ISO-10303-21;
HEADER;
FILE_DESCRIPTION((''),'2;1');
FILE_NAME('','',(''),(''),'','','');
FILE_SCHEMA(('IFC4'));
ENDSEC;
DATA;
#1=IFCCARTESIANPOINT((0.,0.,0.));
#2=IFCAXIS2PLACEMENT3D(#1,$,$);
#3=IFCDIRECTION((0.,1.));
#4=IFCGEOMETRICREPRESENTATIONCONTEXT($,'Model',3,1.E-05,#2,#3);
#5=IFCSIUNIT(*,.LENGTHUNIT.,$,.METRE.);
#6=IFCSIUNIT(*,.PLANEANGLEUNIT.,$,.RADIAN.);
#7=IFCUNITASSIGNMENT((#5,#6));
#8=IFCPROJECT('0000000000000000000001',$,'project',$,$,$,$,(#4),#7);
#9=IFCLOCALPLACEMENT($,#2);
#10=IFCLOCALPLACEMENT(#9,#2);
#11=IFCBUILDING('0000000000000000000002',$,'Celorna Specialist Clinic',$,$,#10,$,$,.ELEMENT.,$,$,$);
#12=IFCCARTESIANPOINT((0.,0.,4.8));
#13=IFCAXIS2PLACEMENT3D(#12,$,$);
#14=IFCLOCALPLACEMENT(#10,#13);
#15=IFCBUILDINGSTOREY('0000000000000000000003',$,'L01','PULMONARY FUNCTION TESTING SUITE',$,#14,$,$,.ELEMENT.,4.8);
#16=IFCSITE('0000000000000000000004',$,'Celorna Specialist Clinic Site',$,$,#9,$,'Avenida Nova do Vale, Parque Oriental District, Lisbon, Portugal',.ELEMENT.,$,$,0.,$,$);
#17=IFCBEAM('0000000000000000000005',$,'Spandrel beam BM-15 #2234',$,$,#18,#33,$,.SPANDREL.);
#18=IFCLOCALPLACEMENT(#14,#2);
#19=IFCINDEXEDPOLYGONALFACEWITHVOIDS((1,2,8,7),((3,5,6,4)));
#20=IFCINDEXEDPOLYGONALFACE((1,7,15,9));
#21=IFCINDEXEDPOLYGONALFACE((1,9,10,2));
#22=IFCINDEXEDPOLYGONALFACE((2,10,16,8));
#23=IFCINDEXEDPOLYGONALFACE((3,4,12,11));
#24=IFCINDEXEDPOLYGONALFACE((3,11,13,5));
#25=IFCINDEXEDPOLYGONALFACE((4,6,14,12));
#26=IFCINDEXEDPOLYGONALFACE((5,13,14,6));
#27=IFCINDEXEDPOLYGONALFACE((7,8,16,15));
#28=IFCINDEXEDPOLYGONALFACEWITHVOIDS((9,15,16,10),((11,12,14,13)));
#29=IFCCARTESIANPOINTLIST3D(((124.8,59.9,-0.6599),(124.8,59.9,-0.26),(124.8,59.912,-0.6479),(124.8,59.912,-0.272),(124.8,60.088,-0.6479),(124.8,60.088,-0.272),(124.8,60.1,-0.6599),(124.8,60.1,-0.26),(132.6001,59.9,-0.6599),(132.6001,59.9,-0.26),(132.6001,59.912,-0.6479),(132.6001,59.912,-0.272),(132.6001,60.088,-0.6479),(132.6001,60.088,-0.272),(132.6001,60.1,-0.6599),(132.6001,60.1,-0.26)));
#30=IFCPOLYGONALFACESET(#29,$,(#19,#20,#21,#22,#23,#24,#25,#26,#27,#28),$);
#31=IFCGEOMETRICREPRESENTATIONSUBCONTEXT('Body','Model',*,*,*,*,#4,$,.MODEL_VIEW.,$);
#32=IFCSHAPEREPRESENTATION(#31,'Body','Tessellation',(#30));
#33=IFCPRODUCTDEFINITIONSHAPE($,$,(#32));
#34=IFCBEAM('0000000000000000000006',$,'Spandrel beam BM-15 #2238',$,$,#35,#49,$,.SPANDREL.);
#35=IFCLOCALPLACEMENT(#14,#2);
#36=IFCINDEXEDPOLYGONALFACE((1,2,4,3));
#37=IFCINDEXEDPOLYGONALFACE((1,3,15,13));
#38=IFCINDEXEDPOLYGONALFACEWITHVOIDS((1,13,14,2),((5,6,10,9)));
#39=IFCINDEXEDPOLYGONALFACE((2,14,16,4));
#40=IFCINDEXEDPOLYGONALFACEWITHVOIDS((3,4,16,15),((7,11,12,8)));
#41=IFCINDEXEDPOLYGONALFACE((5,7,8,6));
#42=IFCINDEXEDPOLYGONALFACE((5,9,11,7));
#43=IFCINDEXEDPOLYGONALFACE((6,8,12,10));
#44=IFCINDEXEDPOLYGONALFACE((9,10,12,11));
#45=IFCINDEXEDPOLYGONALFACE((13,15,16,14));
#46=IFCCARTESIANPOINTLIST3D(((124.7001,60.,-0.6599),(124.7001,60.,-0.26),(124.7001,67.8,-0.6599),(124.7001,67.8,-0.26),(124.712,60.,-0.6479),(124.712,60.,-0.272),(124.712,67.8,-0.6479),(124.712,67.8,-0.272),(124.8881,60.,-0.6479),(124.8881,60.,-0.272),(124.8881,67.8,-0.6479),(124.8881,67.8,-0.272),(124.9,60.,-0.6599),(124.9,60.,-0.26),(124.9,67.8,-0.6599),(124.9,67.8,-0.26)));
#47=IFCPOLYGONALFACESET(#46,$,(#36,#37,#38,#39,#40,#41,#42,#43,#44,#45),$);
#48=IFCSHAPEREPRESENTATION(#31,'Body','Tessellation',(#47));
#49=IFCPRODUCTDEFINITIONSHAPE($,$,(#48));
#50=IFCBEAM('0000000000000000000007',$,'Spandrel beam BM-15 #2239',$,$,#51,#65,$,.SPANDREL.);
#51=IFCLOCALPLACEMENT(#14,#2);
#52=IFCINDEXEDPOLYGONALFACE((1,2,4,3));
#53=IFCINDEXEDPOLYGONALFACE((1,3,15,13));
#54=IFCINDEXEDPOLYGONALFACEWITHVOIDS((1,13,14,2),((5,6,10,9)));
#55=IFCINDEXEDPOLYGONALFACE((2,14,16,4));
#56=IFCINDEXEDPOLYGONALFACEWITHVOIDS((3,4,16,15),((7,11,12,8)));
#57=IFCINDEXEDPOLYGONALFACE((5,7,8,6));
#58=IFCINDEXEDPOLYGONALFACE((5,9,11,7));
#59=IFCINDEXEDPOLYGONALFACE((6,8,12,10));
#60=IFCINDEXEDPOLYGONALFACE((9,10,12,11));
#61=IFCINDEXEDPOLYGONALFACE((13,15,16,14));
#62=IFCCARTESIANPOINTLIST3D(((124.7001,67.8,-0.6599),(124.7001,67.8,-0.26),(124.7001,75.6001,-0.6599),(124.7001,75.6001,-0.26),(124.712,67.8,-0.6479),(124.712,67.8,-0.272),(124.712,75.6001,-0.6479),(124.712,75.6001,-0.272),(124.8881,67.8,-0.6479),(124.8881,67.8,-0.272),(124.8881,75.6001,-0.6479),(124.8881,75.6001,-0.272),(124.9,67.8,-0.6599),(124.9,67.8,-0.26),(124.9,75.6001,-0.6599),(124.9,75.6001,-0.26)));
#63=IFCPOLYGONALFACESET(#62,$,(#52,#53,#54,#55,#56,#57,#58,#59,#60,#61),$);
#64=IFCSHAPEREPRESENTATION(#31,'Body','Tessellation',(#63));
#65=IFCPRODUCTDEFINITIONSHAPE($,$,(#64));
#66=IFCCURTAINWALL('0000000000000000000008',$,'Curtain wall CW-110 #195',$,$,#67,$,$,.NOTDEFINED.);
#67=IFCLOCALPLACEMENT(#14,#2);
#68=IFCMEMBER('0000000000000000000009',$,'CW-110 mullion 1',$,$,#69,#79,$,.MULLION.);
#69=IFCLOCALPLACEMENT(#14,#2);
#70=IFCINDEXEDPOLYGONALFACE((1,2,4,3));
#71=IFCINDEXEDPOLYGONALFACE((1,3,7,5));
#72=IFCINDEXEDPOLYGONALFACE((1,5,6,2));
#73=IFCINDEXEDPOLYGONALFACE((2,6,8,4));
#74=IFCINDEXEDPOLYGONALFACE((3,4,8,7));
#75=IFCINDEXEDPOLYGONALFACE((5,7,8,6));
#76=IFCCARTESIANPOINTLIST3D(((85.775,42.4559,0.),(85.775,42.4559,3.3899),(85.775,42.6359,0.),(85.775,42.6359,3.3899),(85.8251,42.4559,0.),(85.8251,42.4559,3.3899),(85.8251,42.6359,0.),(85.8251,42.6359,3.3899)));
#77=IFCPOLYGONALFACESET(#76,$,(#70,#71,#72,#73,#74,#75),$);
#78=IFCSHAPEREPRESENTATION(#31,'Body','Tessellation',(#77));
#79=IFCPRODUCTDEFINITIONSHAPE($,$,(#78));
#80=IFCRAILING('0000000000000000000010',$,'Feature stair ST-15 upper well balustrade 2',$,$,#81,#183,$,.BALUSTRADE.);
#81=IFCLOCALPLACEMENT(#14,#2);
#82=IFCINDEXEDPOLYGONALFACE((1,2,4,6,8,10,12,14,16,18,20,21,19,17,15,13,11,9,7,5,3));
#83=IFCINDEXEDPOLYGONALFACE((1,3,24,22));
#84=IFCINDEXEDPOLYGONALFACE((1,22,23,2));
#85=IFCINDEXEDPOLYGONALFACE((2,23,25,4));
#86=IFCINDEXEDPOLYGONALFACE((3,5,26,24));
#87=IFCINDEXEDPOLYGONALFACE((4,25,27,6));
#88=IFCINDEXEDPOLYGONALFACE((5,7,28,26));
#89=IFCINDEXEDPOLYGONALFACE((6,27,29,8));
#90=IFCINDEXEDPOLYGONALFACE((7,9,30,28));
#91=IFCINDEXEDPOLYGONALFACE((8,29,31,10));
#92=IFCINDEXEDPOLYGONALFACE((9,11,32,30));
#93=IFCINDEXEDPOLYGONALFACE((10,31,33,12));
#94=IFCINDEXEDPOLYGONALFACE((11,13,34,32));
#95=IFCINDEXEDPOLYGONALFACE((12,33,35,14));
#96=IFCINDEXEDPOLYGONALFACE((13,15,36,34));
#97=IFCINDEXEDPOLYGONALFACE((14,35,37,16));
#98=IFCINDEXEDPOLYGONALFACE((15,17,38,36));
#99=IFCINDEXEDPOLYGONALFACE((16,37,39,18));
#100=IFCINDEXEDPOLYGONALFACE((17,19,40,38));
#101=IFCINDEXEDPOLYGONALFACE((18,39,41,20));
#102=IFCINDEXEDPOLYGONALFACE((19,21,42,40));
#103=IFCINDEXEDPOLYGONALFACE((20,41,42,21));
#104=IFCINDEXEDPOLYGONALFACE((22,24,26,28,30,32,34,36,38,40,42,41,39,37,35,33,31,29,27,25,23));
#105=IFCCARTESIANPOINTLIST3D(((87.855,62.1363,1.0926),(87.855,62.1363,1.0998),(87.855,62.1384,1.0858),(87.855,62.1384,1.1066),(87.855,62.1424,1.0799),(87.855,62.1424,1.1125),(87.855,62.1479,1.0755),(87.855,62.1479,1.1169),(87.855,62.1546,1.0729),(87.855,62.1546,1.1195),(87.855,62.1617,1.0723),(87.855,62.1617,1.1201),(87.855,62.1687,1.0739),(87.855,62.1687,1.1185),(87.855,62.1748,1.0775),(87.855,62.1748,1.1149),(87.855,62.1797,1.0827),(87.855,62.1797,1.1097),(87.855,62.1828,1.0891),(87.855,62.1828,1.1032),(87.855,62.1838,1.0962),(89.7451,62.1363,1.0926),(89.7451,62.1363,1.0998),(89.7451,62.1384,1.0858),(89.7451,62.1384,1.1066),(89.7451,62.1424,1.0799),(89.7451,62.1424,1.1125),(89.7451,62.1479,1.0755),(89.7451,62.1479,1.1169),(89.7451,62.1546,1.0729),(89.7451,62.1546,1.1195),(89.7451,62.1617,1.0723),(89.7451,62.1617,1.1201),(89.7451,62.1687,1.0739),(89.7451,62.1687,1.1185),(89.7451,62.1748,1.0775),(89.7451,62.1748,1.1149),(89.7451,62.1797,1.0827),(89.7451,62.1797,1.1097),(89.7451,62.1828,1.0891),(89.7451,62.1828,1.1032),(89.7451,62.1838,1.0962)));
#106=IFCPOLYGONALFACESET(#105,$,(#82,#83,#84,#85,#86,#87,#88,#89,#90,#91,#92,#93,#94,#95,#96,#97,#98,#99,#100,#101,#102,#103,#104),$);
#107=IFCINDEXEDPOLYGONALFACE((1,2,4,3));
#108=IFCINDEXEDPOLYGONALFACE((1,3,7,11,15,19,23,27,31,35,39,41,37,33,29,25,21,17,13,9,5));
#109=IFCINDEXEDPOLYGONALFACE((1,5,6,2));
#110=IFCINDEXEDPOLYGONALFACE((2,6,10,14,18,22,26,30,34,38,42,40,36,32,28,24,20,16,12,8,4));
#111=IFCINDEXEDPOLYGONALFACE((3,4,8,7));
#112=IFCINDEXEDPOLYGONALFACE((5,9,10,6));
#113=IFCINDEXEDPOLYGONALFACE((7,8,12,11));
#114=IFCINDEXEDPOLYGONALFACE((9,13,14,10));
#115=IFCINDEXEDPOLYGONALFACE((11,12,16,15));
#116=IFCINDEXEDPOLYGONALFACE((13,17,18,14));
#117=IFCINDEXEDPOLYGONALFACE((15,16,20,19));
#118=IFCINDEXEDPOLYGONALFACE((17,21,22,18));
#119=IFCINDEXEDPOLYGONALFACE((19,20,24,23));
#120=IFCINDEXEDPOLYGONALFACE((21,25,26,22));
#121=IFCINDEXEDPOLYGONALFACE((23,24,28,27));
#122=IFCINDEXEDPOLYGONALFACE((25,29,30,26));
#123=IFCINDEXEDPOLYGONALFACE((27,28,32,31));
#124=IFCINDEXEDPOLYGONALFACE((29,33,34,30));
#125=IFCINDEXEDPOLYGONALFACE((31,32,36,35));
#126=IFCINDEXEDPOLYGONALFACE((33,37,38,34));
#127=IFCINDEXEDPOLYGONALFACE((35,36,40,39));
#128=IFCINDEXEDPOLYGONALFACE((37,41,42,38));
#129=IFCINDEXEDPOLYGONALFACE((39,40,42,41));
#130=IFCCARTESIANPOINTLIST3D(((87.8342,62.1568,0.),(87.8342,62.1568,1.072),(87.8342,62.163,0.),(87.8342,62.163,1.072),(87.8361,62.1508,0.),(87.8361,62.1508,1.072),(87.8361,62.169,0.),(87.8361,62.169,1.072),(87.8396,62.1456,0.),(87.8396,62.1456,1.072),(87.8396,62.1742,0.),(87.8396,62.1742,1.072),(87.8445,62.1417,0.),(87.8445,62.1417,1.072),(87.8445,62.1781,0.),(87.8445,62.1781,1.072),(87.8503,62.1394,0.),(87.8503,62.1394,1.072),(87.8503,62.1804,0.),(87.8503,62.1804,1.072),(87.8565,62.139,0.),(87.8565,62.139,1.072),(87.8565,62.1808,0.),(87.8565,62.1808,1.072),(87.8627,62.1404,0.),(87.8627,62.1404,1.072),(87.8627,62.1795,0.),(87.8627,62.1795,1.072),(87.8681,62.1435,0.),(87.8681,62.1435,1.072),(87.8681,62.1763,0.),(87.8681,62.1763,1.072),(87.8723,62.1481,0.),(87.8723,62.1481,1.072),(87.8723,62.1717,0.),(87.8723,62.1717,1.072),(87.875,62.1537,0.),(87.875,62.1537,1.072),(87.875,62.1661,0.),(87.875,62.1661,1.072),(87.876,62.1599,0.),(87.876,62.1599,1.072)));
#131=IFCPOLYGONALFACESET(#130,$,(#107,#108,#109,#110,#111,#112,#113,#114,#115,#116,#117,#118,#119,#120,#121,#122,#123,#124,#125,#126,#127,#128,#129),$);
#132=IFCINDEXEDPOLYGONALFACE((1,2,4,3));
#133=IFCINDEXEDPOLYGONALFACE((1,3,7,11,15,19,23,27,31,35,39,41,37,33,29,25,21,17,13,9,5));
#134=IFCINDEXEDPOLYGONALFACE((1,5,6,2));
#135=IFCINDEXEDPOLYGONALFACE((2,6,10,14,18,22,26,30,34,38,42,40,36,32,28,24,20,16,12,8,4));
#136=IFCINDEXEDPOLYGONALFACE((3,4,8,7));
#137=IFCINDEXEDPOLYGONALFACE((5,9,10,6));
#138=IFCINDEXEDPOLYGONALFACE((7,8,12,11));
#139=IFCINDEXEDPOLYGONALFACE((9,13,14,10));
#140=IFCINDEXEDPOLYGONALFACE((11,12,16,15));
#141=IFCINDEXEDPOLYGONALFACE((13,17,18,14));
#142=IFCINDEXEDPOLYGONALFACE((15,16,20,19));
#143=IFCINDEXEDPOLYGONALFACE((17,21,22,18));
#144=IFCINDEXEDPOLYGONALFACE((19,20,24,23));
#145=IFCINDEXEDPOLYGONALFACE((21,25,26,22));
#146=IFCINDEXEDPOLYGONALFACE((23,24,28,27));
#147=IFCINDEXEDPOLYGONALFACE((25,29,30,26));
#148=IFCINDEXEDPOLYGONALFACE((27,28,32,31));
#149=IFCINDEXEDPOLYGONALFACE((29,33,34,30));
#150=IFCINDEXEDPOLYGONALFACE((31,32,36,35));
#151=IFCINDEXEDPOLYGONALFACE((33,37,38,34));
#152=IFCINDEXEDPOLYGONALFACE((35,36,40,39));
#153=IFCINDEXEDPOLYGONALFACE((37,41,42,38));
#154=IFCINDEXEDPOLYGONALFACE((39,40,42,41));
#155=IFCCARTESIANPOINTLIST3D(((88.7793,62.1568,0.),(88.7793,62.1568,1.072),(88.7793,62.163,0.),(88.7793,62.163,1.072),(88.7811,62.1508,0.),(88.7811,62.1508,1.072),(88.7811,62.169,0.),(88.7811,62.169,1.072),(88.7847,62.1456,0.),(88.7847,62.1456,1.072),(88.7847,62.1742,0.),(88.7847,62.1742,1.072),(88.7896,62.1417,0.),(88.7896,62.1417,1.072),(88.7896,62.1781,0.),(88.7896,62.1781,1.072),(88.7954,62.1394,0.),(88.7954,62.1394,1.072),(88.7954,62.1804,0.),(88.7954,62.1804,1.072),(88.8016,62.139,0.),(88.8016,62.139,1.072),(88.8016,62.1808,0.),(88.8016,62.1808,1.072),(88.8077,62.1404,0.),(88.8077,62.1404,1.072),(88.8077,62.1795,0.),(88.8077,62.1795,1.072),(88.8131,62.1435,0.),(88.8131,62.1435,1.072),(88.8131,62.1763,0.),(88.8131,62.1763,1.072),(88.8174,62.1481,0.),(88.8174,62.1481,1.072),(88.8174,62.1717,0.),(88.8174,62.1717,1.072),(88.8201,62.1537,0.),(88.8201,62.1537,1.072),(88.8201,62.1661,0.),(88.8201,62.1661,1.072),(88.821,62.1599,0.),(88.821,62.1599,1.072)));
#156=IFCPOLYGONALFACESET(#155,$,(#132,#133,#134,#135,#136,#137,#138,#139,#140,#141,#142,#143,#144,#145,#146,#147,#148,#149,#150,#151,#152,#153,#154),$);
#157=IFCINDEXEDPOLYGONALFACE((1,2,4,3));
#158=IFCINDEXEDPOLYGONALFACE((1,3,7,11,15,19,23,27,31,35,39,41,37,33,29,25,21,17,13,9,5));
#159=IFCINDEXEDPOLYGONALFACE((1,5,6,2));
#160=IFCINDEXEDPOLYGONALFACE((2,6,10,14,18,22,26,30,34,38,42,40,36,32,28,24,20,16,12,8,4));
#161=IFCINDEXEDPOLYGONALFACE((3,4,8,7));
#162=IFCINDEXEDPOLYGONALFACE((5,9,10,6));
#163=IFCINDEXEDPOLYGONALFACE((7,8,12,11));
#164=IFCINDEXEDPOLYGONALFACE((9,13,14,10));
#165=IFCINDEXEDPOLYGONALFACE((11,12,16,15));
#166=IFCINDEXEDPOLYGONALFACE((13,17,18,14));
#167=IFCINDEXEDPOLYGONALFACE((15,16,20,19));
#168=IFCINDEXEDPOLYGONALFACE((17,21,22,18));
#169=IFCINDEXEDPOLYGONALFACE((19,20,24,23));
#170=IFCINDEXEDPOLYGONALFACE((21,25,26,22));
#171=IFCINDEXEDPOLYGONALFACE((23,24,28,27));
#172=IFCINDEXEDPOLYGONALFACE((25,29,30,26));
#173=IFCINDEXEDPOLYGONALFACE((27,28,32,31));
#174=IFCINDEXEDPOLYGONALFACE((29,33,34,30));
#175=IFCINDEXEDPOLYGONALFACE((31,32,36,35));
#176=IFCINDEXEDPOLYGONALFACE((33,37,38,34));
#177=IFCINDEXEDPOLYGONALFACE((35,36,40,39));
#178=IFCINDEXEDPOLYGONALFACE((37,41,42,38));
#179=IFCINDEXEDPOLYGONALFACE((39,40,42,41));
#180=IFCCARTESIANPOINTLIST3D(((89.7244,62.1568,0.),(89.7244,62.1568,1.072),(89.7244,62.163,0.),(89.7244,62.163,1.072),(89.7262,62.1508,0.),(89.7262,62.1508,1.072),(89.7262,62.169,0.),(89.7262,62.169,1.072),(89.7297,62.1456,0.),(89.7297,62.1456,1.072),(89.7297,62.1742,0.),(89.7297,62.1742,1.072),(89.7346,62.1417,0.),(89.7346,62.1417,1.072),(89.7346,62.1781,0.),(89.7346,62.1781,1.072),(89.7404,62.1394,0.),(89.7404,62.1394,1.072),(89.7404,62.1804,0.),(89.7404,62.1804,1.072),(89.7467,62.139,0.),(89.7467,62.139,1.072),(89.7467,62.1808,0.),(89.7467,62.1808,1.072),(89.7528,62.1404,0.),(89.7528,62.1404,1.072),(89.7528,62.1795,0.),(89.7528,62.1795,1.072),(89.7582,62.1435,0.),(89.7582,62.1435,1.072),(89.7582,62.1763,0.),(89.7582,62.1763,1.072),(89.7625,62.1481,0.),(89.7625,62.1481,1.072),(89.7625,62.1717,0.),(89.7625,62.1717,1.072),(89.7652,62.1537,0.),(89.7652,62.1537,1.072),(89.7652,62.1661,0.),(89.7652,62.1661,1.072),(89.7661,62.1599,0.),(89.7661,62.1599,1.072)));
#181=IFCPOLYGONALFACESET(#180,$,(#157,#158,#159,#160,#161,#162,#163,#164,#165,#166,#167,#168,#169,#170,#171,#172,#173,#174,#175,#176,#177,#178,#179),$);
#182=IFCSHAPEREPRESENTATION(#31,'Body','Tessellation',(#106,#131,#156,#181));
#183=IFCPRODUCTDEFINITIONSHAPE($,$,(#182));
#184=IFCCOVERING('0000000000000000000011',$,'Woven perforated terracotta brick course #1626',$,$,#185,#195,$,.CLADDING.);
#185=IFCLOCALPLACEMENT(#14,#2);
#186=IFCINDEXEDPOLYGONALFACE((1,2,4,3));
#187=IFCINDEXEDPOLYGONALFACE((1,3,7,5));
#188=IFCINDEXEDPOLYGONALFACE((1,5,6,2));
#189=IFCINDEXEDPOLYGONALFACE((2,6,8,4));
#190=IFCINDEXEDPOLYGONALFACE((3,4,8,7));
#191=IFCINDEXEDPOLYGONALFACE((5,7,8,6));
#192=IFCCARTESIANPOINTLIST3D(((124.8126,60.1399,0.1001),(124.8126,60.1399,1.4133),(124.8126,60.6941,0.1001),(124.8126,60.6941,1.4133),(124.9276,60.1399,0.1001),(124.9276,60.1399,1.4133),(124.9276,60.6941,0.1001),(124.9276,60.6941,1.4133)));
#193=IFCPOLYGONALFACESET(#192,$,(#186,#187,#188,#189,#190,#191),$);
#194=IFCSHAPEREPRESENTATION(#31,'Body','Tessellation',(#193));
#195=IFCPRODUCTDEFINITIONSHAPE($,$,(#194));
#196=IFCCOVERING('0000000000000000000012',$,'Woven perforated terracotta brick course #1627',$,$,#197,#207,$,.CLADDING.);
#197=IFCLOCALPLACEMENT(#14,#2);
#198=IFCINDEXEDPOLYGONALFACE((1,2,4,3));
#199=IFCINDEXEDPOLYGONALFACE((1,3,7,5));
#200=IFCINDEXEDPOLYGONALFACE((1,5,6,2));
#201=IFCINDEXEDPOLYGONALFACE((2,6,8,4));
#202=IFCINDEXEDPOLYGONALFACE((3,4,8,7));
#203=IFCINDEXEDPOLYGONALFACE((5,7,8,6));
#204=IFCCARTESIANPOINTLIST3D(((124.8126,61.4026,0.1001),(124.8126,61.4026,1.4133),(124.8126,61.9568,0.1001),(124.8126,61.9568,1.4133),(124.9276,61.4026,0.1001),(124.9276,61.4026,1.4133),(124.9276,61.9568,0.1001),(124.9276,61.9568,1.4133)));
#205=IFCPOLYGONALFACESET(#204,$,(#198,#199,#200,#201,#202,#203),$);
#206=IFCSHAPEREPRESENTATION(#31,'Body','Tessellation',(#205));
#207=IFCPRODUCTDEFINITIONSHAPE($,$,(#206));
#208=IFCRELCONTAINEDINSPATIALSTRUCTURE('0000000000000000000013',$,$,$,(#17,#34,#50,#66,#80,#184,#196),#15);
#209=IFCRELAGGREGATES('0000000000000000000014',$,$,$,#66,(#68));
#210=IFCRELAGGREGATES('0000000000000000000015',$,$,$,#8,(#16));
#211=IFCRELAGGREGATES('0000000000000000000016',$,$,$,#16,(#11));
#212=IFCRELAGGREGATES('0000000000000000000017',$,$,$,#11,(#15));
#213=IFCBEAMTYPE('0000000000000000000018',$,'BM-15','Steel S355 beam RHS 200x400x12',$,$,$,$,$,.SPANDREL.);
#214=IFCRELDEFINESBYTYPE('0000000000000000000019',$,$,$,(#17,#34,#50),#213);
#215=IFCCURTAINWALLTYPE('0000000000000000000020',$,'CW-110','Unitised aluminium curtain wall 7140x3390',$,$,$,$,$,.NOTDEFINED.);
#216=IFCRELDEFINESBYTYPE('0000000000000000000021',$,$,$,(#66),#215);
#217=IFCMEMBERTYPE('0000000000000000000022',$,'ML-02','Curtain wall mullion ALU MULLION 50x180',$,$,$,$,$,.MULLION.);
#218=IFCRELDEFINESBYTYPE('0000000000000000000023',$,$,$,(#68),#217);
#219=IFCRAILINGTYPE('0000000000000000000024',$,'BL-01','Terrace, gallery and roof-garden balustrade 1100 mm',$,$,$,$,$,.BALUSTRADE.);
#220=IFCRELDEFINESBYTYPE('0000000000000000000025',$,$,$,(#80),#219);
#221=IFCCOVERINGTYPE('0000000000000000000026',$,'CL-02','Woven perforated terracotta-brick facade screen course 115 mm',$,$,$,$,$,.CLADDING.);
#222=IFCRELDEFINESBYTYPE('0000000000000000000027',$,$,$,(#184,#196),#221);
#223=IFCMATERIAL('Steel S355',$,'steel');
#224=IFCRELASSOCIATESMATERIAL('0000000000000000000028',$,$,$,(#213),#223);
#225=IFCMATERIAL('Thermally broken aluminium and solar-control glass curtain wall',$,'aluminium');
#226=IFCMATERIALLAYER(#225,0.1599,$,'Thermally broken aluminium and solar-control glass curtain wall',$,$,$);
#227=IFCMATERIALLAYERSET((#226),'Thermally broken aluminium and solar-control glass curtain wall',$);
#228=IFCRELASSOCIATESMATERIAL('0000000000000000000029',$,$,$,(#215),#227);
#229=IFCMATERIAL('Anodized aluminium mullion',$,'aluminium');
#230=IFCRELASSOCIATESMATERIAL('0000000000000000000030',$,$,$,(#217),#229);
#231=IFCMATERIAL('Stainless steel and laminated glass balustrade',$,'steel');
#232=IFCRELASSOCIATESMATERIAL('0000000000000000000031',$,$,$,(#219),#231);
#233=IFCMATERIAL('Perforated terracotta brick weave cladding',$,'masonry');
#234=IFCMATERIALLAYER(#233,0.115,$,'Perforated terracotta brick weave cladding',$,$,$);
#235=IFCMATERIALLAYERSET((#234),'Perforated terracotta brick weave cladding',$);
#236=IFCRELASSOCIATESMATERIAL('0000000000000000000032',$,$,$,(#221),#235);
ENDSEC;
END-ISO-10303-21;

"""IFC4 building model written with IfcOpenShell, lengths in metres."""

from ifc_helpers import new_model, si_unit, direction, frame, origin, origin_2d, place, context, subcontext, project, spatial, rectangle, hollow_rectangle, circle, extrude, material, layer, layer_set, material_profile, profile_set, type_object, element, aggregate, save


model = new_model("IFC4")

# Units and contexts
model_context = context("Model", 3, precision=1e-05, world=origin(), true_north=direction((0.0, 1.0)))
body_context = subcontext(model_context, "Body", "Model", "MODEL_VIEW")
ifc_project = project(units=[si_unit("LENGTHUNIT", "METRE"), si_unit("PLANEANGLEUNIT", "RADIAN")], contexts=[model_context])

# Site, building, storey
site_placement = place(None, origin())
site = spatial("IfcSite", under=ifc_project, at=site_placement, Name="Celorna Specialist Clinic Site", LongName="Avenida Nova do Vale, Parque Oriental District, Lisbon, Portugal", CompositionType="ELEMENT", RefElevation=0.0)
building_placement = place(site_placement, origin())
building = spatial("IfcBuilding", under=site, at=building_placement, Name="Celorna Specialist Clinic", CompositionType="ELEMENT")
storey_placement = place(building_placement, frame((0.0, 0.0, 4.8)))
storey = spatial("IfcBuildingStorey", under=building, at=storey_placement, Name="L01", Description="PULMONARY FUNCTION TESTING SUITE", CompositionType="ELEMENT", Elevation=4.8)

# Shared definitions
ifc_material_1 = material(Name="Steel S355", Category="steel")

# Beams
ifc_material_profile_1 = material_profile(ifc_material_1, hollow_rectangle(XDim=0.2, YDim=0.3999, WallThickness=0.012, at=origin_2d()), Name="RHS 200x400x12")
ifc_profile_set_1 = profile_set([ifc_material_profile_1], Name="Steel S355")
beam_type_1 = type_object("IfcBeamType", Name="BM-15", Description="Steel S355 beam RHS 200x400x12", PredefinedType="SPANDREL", material=ifc_profile_set_1)
for number, where, z_axis, x_axis, name in (
    (1, (124.8, 60.0, -0.46), (1.0, 0.0, 0.0), (0.0, 1.0, 0.0), "Spandrel beam BM-15 #2234"),
    (2, (124.8, 60.0, -0.46), (0.0, 1.0, 0.0), (-1.0, 0.0, 0.0), "Spandrel beam BM-15 #2238"),
    (3, (124.8, 67.8, -0.46), (0.0, 1.0, 0.0), (-1.0, 0.0, 0.0), "Spandrel beam BM-15 #2239"),
):
    element("IfcBeam", number, at=place(storey_placement, frame(where, z_axis=z_axis, x_axis=x_axis)), inside=storey, type_object=beam_type_1, Name=name, PredefinedType="SPANDREL", context=body_context, shape_type="SweptSolid", body=[
        extrude(hollow_rectangle(XDim=0.2, YDim=0.3999, WallThickness=0.012, at=origin_2d()), origin(), (0.0, 0.0, 1.0), 7.8),
    ])

# Curtain wall, member
ifc_material_2 = material(Name="Thermally broken aluminium and solar-control glass curtain wall", Category="aluminium")
ifc_layer_1 = layer(ifc_material_2, 0.1599, Name="Thermally broken aluminium and solar-control glass curtain wall")
ifc_layer_set_1 = layer_set([ifc_layer_1], Name="Thermally broken aluminium and solar-control glass curtain wall")
curtain_wall_type = type_object("IfcCurtainWallType", Name="CW-110", Description="Unitised aluminium curtain wall 7140x3390", PredefinedType="NOTDEFINED", material=ifc_layer_set_1)
curtain_wall_placement = place(storey_placement, origin())
curtain_wall = element("IfcCurtainWall", 4, at=curtain_wall_placement, inside=storey, type_object=curtain_wall_type, Name="Curtain wall CW-110 #195", PredefinedType="NOTDEFINED")
ifc_material_3 = material(Name="Anodized aluminium mullion", Category="aluminium")
ifc_material_profile_2 = material_profile(ifc_material_3, rectangle(XDim=0.05, YDim=0.1799, at=origin_2d()), Name="ALU MULLION 50x180")
ifc_profile_set_2 = profile_set([ifc_material_profile_2], Name="Anodized aluminium mullion")
member_type = type_object("IfcMemberType", Name="ML-02", Description="Curtain wall mullion ALU MULLION 50x180", PredefinedType="MULLION", material=ifc_profile_set_2)
member_placement = place(storey_placement, frame((85.8, 42.5459, 0.0), z_axis=(0.0, 0.0, 1.0), x_axis=(1.0, 0.0, 0.0)))
member = element("IfcMember", 5, at=member_placement, type_object=member_type, Name="CW-110 mullion 1", PredefinedType="MULLION", context=body_context, shape_type="SweptSolid", body=[
    extrude(rectangle(XDim=0.05, YDim=0.1799, at=origin_2d()), origin(), (0.0, 0.0, 1.0), 3.3899),
])
aggregate(curtain_wall, [member])

# Railing
ifc_material_4 = material(Name="Stainless steel and laminated glass balustrade", Category="steel")
railing_type = type_object("IfcRailingType", Name="BL-01", Description="Terrace, gallery and roof-garden balustrade 1100 mm", PredefinedType="BALUSTRADE", material=ifc_material_4)
railing_1_placement = place(storey_placement, frame((87.855, 62.1599, 0.0)))
element("IfcRailing", 6, at=railing_1_placement, inside=storey, type_object=railing_type, Name="Feature stair ST-15 upper well balustrade 2", PredefinedType="BALUSTRADE", context=body_context, shape_type="SweptSolid", body=[
    extrude(circle(Radius=0.0239, at=origin_2d()), frame((0.0, 0.0, 1.0962), z_axis=(1.0, 0.0, 0.0), x_axis=(0.0, 1.0, 0.0)), (0.0, 0.0, 1.0), 1.8901),
    extrude(circle(Radius=0.021, at=origin_2d()), origin(), (0.0, 0.0, 1.0), 1.072),
    extrude(circle(Radius=0.021, at=origin_2d()), frame((0.9451, 0.0, 0.0)), (0.0, 0.0, 1.0), 1.072),
    extrude(circle(Radius=0.021, at=origin_2d()), frame((1.8901, 0.0, 0.0)), (0.0, 0.0, 1.0), 1.072),
])

# Coverings
ifc_material_5 = material(Name="Perforated terracotta brick weave cladding", Category="masonry")
ifc_layer_2 = layer(ifc_material_5, 0.115, Name="Perforated terracotta brick weave cladding")
ifc_layer_set_2 = layer_set([ifc_layer_2], Name="Perforated terracotta brick weave cladding")
covering_type = type_object("IfcCoveringType", Name="CL-02", Description="Woven perforated terracotta-brick facade screen course 115 mm", PredefinedType="CLADDING", material=ifc_layer_set_2)
for number, where, z_axis, x_axis, name in (
    (7, (124.8701, 60.417, 0.1001), (0.0, 0.0, 1.0), (0.0, 1.0, 0.0), "Woven perforated terracotta brick course #1626"),
    (8, (124.8701, 61.6797, 0.1001), (0.0, 0.0, 1.0), (0.0, 1.0, 0.0), "Woven perforated terracotta brick course #1627"),
):
    element("IfcCovering", number, at=place(storey_placement, frame(where, z_axis=z_axis, x_axis=x_axis)), inside=storey, type_object=covering_type, Name=name, PredefinedType="CLADDING", context=body_context, shape_type="SweptSolid", body=[
        extrude(rectangle(XDim=0.5542, YDim=0.115, at=origin_2d()), origin(), (0.0, 0.0, 1.0), 1.3132),
    ])

save(model, "model.ifc")
